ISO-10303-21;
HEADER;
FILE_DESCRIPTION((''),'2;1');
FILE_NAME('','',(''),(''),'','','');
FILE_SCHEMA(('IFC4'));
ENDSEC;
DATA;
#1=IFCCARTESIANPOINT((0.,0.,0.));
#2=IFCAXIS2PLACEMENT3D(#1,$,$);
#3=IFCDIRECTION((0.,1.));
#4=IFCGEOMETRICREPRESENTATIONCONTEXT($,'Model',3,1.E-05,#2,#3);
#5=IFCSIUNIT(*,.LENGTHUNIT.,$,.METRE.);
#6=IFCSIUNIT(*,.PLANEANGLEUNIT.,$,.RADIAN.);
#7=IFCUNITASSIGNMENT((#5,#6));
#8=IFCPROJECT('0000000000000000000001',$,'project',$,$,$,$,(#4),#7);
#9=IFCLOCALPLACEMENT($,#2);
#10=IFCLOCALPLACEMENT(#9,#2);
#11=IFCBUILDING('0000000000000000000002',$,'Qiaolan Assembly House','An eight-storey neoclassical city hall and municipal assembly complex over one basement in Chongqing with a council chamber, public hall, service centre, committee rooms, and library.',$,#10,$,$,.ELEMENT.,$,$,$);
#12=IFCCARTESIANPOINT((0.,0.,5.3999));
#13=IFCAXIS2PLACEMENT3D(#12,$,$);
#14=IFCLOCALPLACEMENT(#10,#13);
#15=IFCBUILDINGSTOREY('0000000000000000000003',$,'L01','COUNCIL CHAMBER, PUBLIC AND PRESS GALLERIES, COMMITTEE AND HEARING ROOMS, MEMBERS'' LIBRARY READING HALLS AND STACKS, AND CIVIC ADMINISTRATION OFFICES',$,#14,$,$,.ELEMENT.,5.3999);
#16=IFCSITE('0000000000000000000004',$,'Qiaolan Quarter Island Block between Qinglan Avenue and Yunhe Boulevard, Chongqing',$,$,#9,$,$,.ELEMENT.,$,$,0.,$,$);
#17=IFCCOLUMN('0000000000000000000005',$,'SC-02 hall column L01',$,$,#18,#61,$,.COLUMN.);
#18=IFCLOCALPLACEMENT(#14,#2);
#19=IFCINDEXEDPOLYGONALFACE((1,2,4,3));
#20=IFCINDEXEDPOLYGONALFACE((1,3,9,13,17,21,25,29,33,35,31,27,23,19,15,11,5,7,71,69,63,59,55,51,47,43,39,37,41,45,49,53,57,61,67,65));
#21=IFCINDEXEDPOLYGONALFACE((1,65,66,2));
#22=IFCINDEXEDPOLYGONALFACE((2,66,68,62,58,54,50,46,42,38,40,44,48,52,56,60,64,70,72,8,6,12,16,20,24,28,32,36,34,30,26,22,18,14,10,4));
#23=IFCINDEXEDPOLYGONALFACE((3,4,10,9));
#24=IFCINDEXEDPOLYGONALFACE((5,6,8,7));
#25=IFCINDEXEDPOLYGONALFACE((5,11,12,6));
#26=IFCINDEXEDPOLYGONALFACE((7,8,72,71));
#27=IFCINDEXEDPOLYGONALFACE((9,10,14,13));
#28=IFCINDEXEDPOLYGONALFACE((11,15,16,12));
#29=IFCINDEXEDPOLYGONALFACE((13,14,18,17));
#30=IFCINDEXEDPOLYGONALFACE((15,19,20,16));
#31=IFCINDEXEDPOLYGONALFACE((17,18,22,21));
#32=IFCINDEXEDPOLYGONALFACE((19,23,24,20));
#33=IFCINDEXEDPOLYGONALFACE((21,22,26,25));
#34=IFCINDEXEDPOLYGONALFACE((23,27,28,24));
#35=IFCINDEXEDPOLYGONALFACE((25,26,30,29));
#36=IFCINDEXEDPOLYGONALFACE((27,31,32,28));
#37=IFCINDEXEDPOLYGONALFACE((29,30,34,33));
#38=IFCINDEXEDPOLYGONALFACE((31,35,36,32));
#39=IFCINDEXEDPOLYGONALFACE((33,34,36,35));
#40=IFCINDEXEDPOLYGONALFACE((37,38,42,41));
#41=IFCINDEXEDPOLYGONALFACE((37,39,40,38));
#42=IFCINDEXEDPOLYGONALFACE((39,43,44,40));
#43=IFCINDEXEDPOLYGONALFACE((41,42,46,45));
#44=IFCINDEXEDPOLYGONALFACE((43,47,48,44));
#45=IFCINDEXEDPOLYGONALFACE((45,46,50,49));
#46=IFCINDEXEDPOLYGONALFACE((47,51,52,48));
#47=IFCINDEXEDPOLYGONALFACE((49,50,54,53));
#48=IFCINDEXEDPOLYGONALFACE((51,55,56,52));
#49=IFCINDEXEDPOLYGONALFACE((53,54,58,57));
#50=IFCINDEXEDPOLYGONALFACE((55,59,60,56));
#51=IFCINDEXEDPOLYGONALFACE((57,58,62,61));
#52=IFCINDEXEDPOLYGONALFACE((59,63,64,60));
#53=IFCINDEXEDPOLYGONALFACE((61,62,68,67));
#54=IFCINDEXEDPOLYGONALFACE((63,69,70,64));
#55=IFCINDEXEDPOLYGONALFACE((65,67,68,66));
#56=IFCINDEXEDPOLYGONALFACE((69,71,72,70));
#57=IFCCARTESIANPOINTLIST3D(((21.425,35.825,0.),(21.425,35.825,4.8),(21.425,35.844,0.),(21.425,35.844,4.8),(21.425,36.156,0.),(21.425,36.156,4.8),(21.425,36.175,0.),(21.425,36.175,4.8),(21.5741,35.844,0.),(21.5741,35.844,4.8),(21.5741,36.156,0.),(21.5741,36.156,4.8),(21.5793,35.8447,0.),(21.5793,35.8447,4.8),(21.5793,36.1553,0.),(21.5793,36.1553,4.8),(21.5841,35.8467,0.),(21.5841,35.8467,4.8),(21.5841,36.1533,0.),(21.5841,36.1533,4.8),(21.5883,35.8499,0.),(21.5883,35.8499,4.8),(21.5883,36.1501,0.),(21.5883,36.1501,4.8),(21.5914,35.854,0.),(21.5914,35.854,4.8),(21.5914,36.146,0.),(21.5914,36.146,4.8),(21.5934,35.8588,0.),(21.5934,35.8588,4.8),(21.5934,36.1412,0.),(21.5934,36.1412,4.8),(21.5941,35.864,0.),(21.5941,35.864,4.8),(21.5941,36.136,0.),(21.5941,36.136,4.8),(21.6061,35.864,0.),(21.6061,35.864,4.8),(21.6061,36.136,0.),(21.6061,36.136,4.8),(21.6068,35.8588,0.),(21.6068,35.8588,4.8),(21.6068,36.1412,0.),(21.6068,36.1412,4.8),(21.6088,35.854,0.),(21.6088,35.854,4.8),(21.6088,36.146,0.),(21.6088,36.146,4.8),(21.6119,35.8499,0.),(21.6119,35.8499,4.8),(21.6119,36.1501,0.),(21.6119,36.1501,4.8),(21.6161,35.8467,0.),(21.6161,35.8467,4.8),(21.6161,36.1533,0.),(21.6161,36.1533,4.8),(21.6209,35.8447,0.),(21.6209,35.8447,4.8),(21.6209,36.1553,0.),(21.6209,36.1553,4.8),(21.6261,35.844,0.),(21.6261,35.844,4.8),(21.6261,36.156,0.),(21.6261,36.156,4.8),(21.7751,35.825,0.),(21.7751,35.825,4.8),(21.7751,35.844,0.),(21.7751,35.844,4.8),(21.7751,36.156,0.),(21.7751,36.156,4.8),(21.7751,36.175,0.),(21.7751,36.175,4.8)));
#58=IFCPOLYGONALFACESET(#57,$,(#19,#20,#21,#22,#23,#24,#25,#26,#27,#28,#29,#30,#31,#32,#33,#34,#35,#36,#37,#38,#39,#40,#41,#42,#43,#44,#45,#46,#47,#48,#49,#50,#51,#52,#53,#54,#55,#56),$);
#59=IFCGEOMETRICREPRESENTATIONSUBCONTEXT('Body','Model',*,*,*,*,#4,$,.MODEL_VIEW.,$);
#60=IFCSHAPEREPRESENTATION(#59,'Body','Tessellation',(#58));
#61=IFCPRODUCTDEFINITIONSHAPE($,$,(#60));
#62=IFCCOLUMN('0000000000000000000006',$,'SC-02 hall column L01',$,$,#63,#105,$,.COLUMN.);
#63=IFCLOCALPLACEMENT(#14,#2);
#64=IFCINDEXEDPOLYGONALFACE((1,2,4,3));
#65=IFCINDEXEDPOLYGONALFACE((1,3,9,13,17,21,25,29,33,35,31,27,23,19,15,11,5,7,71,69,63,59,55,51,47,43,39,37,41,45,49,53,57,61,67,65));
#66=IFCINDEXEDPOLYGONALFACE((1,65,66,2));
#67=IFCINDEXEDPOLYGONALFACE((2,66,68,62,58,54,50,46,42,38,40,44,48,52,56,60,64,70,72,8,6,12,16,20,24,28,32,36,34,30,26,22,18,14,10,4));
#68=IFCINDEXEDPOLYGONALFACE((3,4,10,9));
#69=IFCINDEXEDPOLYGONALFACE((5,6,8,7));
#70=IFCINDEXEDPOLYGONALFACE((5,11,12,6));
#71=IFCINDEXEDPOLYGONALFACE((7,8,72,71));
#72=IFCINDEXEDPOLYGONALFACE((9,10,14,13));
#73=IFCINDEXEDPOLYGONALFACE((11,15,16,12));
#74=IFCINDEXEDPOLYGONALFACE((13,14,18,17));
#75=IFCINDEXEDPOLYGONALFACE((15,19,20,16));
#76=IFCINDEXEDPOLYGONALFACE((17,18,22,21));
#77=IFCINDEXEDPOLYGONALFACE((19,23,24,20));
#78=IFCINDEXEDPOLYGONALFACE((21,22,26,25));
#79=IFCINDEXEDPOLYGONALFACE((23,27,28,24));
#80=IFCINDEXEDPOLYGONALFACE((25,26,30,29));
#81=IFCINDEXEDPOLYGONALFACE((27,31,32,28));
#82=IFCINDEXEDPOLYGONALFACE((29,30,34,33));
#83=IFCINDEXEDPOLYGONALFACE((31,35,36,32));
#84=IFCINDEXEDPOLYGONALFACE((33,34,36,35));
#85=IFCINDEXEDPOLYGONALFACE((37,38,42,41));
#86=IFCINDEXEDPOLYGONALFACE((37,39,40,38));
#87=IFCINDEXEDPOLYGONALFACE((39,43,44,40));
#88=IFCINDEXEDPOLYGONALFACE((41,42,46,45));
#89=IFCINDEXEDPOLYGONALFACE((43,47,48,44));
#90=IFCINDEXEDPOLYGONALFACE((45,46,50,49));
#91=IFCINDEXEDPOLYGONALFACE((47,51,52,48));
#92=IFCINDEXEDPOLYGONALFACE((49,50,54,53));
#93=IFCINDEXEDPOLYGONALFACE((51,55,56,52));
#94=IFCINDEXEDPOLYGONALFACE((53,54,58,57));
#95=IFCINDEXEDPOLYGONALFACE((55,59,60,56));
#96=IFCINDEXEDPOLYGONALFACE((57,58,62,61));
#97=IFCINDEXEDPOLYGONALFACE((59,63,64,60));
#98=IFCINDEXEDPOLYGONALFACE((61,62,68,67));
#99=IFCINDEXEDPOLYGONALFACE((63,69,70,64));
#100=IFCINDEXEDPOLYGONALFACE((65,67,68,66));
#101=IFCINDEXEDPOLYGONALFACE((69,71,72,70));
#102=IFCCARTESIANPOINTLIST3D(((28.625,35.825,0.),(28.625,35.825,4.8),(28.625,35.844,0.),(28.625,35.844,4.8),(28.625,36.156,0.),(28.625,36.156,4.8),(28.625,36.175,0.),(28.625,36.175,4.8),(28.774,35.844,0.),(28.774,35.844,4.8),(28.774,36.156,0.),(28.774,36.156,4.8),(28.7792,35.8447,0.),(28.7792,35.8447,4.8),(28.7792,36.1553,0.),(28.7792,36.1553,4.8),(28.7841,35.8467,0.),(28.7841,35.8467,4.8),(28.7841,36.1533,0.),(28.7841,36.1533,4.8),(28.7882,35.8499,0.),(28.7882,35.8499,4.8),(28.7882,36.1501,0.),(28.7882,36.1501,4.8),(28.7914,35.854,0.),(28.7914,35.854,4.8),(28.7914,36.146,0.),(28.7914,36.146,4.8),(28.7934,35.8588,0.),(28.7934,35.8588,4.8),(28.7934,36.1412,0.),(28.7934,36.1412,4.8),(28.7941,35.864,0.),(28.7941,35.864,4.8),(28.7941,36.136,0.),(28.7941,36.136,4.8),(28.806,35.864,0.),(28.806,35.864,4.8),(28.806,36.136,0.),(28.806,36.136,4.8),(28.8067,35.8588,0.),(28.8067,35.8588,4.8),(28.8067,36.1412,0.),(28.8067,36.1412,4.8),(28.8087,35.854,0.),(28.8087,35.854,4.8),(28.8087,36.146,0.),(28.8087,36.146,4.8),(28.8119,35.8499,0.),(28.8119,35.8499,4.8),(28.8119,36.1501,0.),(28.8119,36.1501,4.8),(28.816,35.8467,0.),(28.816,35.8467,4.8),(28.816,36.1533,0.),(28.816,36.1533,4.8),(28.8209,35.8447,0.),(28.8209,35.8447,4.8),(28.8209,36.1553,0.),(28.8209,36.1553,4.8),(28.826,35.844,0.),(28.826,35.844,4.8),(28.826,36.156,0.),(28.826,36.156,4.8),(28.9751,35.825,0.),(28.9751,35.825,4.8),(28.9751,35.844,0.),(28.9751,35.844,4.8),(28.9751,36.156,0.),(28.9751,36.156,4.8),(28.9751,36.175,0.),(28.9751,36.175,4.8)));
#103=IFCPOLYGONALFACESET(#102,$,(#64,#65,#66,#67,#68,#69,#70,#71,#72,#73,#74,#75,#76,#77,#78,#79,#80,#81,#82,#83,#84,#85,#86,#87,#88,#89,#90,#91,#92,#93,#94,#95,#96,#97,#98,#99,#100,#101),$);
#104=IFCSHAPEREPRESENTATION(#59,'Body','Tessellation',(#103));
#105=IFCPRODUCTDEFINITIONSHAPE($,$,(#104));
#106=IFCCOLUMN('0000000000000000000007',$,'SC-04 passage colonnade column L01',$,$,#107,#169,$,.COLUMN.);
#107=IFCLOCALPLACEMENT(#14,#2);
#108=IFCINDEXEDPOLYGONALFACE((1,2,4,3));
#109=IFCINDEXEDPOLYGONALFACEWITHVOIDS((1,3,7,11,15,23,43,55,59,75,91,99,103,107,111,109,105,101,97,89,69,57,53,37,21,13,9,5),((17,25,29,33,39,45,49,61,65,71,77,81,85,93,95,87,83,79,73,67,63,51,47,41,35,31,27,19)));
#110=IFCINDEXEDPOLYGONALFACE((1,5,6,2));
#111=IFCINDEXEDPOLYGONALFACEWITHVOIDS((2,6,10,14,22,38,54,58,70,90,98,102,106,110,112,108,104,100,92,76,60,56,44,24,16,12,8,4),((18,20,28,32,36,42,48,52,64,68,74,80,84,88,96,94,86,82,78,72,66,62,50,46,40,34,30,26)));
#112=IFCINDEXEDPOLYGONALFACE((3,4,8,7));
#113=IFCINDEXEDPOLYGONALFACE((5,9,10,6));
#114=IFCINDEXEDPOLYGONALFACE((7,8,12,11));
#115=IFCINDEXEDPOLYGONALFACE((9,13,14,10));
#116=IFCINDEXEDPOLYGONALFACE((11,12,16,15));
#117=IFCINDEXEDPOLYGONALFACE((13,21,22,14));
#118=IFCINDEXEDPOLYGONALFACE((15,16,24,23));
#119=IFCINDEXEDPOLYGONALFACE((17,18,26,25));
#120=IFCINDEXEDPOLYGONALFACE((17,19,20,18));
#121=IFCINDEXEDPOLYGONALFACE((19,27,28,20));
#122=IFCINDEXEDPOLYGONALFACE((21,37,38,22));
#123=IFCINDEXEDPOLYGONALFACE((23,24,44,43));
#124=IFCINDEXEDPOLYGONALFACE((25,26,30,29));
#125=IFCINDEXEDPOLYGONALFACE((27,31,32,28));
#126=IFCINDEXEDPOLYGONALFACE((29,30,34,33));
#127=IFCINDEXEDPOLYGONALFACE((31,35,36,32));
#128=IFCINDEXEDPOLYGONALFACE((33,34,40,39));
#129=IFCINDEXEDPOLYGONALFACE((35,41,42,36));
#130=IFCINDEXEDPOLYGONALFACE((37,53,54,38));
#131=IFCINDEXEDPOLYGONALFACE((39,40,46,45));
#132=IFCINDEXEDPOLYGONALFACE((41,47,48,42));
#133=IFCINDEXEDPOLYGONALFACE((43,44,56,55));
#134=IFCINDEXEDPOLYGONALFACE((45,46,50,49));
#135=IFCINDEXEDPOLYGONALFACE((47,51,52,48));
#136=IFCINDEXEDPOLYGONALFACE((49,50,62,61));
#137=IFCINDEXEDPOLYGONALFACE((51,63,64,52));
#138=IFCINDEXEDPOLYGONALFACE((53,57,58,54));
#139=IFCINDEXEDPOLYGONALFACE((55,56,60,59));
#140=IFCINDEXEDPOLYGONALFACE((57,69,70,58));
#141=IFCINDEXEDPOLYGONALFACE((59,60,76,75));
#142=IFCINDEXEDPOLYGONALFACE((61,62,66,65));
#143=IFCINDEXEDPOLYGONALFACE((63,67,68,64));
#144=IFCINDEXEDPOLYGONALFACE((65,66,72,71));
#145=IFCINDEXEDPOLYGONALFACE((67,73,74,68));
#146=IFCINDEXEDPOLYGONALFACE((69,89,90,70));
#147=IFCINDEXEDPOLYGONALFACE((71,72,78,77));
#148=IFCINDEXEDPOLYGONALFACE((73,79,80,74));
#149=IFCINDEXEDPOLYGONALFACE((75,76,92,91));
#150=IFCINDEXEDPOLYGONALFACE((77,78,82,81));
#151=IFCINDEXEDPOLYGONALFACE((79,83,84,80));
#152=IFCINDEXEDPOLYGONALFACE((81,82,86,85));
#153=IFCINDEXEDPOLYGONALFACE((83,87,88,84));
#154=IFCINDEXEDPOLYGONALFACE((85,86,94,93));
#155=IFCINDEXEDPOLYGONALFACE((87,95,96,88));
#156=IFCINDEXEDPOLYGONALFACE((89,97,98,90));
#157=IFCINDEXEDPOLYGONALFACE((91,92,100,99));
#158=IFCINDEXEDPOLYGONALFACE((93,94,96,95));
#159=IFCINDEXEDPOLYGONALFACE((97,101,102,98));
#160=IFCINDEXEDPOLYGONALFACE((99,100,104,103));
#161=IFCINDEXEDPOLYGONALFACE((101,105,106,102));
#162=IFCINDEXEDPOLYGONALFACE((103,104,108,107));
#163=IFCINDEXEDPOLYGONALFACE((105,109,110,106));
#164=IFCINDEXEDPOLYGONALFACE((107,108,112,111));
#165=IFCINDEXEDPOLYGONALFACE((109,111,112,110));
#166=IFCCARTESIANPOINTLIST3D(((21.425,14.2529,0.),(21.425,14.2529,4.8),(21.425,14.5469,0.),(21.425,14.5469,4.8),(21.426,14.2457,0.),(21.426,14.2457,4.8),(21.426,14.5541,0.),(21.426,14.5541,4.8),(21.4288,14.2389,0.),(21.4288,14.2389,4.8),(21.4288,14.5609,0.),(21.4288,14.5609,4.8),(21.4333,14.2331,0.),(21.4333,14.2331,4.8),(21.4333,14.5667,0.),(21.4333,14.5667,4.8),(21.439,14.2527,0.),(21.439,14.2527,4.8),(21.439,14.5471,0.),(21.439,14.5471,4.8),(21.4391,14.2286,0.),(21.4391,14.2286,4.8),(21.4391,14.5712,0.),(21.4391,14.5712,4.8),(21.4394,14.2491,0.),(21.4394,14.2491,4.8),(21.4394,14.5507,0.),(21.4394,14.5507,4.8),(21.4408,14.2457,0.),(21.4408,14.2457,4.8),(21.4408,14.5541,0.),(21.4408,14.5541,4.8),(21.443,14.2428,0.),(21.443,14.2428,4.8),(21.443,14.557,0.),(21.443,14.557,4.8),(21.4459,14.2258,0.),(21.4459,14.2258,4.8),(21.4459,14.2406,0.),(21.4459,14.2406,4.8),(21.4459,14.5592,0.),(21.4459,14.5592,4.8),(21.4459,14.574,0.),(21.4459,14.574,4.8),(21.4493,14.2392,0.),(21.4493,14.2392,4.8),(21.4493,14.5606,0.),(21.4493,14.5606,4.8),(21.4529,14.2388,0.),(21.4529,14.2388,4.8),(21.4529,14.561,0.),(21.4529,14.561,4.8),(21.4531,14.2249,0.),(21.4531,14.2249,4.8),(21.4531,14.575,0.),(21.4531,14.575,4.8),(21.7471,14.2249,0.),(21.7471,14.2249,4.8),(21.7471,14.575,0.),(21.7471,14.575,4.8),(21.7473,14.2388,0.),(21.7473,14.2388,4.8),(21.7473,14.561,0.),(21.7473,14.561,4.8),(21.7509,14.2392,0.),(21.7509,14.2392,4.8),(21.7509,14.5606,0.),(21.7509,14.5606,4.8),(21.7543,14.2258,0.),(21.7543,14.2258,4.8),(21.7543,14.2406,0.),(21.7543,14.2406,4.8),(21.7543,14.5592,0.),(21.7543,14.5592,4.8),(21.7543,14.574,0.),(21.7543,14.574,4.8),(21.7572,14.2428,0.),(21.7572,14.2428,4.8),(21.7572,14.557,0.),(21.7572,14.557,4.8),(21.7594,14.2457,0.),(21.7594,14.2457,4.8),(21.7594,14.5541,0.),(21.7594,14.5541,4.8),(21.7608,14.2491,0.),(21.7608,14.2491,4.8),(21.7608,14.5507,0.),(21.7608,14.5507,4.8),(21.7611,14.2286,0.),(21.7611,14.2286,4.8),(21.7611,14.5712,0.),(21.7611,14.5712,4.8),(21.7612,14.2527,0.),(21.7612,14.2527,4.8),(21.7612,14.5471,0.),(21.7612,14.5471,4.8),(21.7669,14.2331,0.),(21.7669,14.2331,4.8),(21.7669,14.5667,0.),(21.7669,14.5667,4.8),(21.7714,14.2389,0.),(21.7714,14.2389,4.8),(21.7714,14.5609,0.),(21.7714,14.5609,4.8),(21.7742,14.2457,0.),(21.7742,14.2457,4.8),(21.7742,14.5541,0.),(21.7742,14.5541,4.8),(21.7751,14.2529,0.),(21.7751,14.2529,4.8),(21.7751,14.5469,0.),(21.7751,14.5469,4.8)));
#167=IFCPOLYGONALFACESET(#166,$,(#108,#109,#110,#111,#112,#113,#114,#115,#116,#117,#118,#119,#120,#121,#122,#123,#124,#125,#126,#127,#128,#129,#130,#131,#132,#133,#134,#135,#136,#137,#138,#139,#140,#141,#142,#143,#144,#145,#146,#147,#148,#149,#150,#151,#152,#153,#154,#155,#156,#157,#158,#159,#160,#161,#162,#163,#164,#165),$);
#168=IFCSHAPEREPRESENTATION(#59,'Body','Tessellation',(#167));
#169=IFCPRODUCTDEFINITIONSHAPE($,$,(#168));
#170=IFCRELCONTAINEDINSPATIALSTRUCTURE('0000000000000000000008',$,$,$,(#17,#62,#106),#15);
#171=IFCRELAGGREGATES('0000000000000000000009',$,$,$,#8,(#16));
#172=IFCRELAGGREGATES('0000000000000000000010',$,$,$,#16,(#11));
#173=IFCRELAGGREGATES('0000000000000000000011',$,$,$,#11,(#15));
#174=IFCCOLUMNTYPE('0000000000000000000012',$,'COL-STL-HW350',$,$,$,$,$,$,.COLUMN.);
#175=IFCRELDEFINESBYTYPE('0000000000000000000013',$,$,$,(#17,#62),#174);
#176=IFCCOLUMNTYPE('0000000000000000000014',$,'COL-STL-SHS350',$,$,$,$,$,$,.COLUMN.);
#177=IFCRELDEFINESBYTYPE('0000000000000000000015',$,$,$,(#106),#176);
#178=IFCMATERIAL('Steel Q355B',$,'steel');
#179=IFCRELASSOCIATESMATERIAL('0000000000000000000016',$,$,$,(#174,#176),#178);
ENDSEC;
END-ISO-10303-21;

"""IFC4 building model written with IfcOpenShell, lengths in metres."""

from ifc_helpers import new_model, si_unit, direction, frame, origin, origin_2d, place, context, subcontext, project, spatial, hollow_rectangle, i_section, extrude, material, material_profile, profile_set, type_object, element, save


model = new_model("IFC4")

# Units and contexts
model_context = context("Model", 3, precision=1e-05, world=origin(), true_north=direction((0.0, 1.0)))
body_context = subcontext(model_context, "Body", "Model", "MODEL_VIEW")
ifc_project = project(units=[si_unit("LENGTHUNIT", "METRE"), si_unit("PLANEANGLEUNIT", "RADIAN")], contexts=[model_context])

# Site, building, storey
site_placement = place(None, origin())
site = spatial("IfcSite", under=ifc_project, at=site_placement, Name="Qiaolan Quarter Island Block between Qinglan Avenue and Yunhe Boulevard, Chongqing", CompositionType="ELEMENT", RefElevation=0.0)
building_placement = place(site_placement, origin())
building = spatial("IfcBuilding", under=site, at=building_placement, Name="Qiaolan Assembly House", Description="An eight-storey neoclassical city hall and municipal assembly complex over one basement in Chongqing with a council chamber, public hall, service centre, committee rooms, and library.", CompositionType="ELEMENT")
storey_placement = place(building_placement, frame((0.0, 0.0, 5.3999)))
storey = spatial("IfcBuildingStorey", under=building, at=storey_placement, Name="L01", Description="COUNCIL CHAMBER, PUBLIC AND PRESS GALLERIES, COMMITTEE AND HEARING ROOMS, MEMBERS' LIBRARY READING HALLS AND STACKS, AND CIVIC ADMINISTRATION OFFICES", CompositionType="ELEMENT", Elevation=5.3999)

# Columns
ifc_material_1 = material(Name="Steel Q355B", Category="steel")
ifc_material_profile_1 = material_profile(ifc_material_1, i_section(OverallWidth=0.3501, OverallDepth=0.3501, WebThickness=0.012, FlangeThickness=0.019, FilletRadius=0.02, at=origin_2d()), Name="HW 350x350x12x19")
ifc_profile_set_1 = profile_set([ifc_material_profile_1], Name="Steel Q355B")
column_type_1 = type_object("IfcColumnType", Name="COL-STL-HW350", PredefinedType="COLUMN", material=ifc_profile_set_1)
for number, where, z_axis, x_axis, name in (
    (1, (21.6001, 36.0, 0.0), (0.0, 0.0, 1.0), (1.0, 0.0, 0.0), "SC-02 hall column L01"),
    (2, (28.8, 36.0, 0.0), (0.0, 0.0, 1.0), (1.0, 0.0, 0.0), "SC-02 hall column L01"),
):
    element("IfcColumn", number, at=place(storey_placement, frame(where, z_axis=z_axis, x_axis=x_axis)), inside=storey, type_object=column_type_1, Name=name, PredefinedType="COLUMN", context=body_context, shape_type="SweptSolid", body=[
        extrude(i_section(OverallWidth=0.3501, OverallDepth=0.3501, WebThickness=0.012, FlangeThickness=0.019, FilletRadius=0.02, at=origin_2d()), origin(), (0.0, 0.0, 1.0), 4.8),
    ])
ifc_material_profile_2 = material_profile(ifc_material_1, hollow_rectangle(XDim=0.3501, YDim=0.3501, WallThickness=0.0139, InnerFilletRadius=0.0139, OuterFilletRadius=0.0281, at=origin_2d()), Name="SHS 350x350x14")
ifc_profile_set_2 = profile_set([ifc_material_profile_2], Name="Steel Q355B")
column_type_2 = type_object("IfcColumnType", Name="COL-STL-SHS350", PredefinedType="COLUMN", material=ifc_profile_set_2)
for number, where, z_axis, x_axis, name in (
    (3, (21.6001, 14.3999, 0.0), (0.0, 0.0, 1.0), (1.0, 0.0, 0.0), "SC-04 passage colonnade column L01"),
):
    element("IfcColumn", number, at=place(storey_placement, frame(where, z_axis=z_axis, x_axis=x_axis)), inside=storey, type_object=column_type_2, Name=name, PredefinedType="COLUMN", context=body_context, shape_type="SweptSolid", body=[
        extrude(hollow_rectangle(XDim=0.3501, YDim=0.3501, WallThickness=0.0139, InnerFilletRadius=0.0139, OuterFilletRadius=0.0281, at=origin_2d()), origin(), (0.0, 0.0, 1.0), 4.8),
    ])

save(model, "model.ifc")
